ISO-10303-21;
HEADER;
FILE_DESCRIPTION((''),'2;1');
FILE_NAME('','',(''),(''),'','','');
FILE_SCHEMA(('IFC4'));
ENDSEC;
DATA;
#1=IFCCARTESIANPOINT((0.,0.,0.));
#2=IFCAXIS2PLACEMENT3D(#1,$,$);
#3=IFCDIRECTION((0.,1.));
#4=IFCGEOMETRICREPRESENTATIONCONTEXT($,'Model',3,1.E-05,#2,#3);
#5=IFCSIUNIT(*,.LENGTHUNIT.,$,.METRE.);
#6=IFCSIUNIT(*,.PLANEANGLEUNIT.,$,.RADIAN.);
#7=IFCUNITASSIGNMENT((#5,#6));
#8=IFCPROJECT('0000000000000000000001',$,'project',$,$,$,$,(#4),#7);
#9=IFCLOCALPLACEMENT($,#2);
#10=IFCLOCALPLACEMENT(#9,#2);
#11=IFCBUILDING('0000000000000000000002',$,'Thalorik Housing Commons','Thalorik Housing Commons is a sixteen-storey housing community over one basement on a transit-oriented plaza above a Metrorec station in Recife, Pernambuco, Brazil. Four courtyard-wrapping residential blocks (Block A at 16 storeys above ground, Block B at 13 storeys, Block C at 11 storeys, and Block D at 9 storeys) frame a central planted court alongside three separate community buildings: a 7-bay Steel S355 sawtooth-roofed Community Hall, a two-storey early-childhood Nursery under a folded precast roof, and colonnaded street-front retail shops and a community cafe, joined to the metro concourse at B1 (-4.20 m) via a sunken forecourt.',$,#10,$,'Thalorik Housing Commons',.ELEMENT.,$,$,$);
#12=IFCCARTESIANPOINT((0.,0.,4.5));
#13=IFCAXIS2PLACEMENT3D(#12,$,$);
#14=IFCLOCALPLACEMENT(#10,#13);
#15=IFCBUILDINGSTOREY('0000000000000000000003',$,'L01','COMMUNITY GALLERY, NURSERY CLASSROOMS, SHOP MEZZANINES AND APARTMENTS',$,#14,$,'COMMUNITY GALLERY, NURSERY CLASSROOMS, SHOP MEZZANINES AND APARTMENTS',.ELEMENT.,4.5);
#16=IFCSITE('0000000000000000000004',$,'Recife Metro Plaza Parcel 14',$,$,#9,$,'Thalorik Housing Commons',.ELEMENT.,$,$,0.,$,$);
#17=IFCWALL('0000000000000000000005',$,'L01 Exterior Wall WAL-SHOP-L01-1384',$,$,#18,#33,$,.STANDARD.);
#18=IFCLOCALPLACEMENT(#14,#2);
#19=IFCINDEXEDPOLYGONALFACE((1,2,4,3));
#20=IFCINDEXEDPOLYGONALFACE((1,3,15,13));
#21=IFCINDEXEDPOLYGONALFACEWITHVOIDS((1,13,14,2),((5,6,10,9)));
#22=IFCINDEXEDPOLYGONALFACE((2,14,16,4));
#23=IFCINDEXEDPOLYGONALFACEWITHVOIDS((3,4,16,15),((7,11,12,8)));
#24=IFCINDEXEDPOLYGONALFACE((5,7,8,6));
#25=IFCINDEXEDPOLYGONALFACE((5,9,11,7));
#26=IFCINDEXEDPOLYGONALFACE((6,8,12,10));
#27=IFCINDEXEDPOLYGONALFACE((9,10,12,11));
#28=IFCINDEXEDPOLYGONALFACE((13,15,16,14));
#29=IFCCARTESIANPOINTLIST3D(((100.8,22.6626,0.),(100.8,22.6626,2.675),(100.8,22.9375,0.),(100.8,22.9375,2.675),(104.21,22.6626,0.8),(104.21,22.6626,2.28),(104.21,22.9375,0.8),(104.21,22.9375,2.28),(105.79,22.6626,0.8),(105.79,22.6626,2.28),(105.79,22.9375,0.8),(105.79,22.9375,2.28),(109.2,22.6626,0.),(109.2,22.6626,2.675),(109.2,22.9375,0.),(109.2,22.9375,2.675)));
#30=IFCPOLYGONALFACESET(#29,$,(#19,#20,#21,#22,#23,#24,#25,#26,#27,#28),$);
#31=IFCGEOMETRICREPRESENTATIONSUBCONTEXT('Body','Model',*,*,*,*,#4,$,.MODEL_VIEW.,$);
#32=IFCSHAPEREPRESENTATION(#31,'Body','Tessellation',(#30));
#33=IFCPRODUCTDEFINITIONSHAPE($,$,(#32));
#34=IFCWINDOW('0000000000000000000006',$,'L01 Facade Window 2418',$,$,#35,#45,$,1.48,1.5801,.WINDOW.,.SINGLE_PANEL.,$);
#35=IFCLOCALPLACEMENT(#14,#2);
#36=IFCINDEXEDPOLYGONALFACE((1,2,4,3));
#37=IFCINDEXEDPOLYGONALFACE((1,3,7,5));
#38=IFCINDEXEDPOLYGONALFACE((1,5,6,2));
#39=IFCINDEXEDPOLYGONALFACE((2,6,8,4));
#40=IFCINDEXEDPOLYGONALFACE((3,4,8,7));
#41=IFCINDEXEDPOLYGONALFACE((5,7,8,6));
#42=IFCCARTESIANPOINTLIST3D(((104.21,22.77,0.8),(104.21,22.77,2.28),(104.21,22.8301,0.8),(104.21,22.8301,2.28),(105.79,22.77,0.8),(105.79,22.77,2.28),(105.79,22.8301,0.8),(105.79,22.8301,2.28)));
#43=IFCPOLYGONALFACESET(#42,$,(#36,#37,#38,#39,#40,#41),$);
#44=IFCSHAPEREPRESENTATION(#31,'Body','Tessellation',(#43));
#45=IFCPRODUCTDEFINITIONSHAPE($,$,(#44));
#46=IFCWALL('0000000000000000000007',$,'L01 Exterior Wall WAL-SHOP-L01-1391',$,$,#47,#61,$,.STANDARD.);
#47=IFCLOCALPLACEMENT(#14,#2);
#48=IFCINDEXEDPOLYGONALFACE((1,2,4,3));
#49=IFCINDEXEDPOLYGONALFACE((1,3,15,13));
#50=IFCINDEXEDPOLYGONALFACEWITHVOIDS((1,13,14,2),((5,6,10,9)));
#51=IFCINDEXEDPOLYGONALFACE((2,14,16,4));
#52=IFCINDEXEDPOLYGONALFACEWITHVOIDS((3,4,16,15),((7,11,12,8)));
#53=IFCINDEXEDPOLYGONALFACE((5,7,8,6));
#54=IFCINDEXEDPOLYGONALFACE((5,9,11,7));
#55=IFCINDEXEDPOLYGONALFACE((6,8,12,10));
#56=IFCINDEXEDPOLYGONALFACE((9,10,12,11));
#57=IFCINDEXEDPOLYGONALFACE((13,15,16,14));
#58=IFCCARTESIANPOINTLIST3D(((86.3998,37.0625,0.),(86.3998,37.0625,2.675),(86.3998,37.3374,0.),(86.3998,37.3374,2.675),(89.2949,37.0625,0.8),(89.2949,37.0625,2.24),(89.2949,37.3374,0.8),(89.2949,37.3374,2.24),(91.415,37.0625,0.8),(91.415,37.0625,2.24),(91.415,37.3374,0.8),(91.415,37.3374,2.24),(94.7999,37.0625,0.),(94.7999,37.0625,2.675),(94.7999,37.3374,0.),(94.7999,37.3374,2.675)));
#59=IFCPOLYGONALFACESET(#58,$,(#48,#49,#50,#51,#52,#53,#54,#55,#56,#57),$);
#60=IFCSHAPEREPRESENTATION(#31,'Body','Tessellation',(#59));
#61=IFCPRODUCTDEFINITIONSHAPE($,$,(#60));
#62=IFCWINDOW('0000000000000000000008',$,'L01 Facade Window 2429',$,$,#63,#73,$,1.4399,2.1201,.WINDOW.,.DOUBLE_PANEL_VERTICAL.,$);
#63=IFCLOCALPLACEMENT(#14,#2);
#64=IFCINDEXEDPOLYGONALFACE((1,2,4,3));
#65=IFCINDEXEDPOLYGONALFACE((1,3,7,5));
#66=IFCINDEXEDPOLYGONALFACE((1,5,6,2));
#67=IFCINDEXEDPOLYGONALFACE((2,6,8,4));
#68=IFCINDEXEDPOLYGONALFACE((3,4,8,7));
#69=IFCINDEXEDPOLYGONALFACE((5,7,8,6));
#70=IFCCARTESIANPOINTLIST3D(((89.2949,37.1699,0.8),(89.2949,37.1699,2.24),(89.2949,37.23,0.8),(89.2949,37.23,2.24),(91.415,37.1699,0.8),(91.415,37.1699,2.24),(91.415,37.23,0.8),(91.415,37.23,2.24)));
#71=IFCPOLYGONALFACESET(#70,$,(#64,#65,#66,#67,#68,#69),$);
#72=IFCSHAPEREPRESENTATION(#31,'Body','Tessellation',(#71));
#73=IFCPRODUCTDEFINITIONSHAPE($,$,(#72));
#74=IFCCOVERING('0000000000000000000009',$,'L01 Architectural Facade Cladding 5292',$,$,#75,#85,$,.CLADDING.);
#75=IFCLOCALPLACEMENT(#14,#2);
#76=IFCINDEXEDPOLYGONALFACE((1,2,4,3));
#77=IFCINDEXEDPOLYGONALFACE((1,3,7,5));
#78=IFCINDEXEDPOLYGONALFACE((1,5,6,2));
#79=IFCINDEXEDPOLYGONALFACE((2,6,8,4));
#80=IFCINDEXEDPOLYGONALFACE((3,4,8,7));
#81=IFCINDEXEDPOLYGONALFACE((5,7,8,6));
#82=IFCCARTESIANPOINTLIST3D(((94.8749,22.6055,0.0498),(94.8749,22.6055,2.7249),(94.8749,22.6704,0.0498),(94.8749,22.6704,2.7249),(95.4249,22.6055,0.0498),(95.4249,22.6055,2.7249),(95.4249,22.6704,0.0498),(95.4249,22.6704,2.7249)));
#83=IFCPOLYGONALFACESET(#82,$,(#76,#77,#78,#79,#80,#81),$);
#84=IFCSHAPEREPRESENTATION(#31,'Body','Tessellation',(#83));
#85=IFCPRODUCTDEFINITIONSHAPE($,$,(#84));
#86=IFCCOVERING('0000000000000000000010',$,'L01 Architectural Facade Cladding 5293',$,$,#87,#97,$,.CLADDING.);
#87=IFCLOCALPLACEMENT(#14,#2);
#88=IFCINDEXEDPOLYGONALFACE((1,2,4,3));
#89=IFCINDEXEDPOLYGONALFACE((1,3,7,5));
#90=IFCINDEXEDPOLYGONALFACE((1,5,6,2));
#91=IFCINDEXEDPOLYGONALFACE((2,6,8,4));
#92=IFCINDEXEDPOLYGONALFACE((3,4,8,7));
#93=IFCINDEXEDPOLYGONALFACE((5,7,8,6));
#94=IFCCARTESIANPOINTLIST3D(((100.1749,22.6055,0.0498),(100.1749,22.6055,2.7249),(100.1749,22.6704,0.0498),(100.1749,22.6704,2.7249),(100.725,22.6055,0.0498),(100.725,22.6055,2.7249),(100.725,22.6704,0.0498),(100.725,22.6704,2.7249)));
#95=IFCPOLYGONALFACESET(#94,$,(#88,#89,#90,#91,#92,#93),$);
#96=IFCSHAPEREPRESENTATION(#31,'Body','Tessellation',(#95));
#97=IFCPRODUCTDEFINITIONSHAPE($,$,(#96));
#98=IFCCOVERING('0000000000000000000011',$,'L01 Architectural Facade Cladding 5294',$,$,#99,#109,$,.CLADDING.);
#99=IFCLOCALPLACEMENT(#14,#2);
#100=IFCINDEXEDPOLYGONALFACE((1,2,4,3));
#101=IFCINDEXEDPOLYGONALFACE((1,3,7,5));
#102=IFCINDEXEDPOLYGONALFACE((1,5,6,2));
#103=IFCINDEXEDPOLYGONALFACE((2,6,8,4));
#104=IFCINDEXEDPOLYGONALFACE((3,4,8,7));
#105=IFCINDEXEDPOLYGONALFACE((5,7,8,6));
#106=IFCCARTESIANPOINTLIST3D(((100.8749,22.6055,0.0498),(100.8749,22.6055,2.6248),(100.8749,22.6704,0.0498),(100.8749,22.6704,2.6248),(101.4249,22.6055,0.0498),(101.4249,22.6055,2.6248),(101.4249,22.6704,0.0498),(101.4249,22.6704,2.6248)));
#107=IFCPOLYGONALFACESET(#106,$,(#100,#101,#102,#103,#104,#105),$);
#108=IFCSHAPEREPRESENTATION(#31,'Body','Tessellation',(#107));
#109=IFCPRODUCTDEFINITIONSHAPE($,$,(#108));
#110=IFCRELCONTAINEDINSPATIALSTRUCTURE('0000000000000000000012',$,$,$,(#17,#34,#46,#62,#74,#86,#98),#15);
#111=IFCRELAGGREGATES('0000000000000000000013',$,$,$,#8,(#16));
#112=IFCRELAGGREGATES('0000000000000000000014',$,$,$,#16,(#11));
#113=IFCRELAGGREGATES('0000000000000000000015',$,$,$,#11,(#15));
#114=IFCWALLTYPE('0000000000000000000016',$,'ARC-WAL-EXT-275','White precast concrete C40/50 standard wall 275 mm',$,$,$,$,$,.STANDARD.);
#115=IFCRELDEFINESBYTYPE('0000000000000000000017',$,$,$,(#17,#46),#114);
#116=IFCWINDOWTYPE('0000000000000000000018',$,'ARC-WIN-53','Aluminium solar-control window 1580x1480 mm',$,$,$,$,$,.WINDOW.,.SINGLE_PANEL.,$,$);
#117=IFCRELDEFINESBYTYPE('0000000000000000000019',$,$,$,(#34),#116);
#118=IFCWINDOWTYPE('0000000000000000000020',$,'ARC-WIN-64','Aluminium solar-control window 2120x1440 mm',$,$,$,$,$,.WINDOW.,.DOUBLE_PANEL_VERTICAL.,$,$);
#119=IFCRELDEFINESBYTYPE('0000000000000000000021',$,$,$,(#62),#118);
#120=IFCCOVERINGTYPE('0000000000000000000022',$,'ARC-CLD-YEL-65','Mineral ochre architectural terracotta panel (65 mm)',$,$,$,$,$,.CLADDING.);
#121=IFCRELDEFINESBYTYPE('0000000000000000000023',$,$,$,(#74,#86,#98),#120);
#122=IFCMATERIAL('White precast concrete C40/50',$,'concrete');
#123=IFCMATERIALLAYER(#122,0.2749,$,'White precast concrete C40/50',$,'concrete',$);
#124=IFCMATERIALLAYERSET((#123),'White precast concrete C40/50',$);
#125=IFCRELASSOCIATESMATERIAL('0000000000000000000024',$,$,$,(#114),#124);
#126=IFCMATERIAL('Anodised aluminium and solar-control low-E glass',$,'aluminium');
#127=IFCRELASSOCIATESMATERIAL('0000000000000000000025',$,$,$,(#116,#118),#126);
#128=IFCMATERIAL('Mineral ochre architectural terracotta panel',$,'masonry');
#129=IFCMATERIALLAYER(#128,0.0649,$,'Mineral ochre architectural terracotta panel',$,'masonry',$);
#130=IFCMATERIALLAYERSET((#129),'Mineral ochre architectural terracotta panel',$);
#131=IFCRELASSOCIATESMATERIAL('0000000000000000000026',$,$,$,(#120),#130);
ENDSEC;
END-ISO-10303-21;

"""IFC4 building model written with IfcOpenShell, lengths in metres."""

from ifc_helpers import new_model, si_unit, direction, frame, frame_2d, origin, origin_2d, place, context, subcontext, project, spatial, rectangle, extrude, material, layer, layer_set, type_object, element, fill, save


model = new_model("IFC4")

# Units and contexts
model_context = context("Model", 3, precision=1e-05, world=origin(), true_north=direction((0.0, 1.0)))
body_context = subcontext(model_context, "Body", "Model", "MODEL_VIEW")
ifc_project = project(units=[si_unit("LENGTHUNIT", "METRE"), si_unit("PLANEANGLEUNIT", "RADIAN")], contexts=[model_context])

# Site, building, storey
site_placement = place(None, origin())
site = spatial("IfcSite", under=ifc_project, at=site_placement, Name="Recife Metro Plaza Parcel 14", LongName="Thalorik Housing Commons", CompositionType="ELEMENT", RefElevation=0.0)
building_placement = place(site_placement, origin())
building = spatial("IfcBuilding", under=site, at=building_placement, Name="Thalorik Housing Commons", Description="Thalorik Housing Commons is a sixteen-storey housing community over one basement on a transit-oriented plaza above a Metrorec station in Recife, Pernambuco, Brazil. Four courtyard-wrapping residential blocks (Block A at 16 storeys above ground, Block B at 13 storeys, Block C at 11 storeys, and Block D at 9 storeys) frame a central planted court alongside three separate community buildings: a 7-bay Steel S355 sawtooth-roofed Community Hall, a two-storey early-childhood Nursery under a folded precast roof, and colonnaded street-front retail shops and a community cafe, joined to the metro concourse at B1 (-4.20 m) via a sunken forecourt.", LongName="Thalorik Housing Commons", CompositionType="ELEMENT")
storey_placement = place(building_placement, frame((0.0, 0.0, 4.5)))
storey = spatial("IfcBuildingStorey", under=building, at=storey_placement, Name="L01", Description="COMMUNITY GALLERY, NURSERY CLASSROOMS, SHOP MEZZANINES AND APARTMENTS", LongName="COMMUNITY GALLERY, NURSERY CLASSROOMS, SHOP MEZZANINES AND APARTMENTS", CompositionType="ELEMENT", Elevation=4.5)

# Shared definitions
ifc_material_1 = material(Name="White precast concrete C40/50", Category="concrete")
ifc_layer_1 = layer(ifc_material_1, 0.2749, Name="White precast concrete C40/50", Category="concrete")
ifc_layer_set_1 = layer_set([ifc_layer_1], Name="White precast concrete C40/50")
wall_type = type_object("IfcWallType", Name="ARC-WAL-EXT-275", Description="White precast concrete C40/50 standard wall 275 mm", PredefinedType="STANDARD", material=ifc_layer_set_1)

# Walls, openings, windows
wall_1_placement = place(storey_placement, frame((100.8, 22.8, 0.0), z_axis=(0.0, 0.0, 1.0), x_axis=(1.0, 0.0, 0.0)))
wall_1 = element("IfcWall", 1, at=wall_1_placement, inside=storey, type_object=wall_type, Name="L01 Exterior Wall WAL-SHOP-L01-1384", PredefinedType="STANDARD", context=body_context, shape_type="SweptSolid", body=[
    extrude(rectangle(XDim=8.3999, YDim=0.2749, at=frame_2d((4.2, 0.0))), origin(), (0.0, 0.0, 1.0), 2.675),
])
opening_1_placement = place(wall_1_placement, frame((3.4099, 0.0, 0.8)))
opening_1 = element("IfcOpeningElement", 2, at=opening_1_placement, cuts=wall_1, PredefinedType="OPENING", context=body_context, shape_type="SweptSolid", body=[
    extrude(rectangle(XDim=1.5801, YDim=1.48, at=frame_2d((0.79, 0.74))), frame((0.0, 0.1475, 0.0), z_axis=(0.0, -1.0, 0.0), x_axis=(1.0, 0.0, 0.0)), (0.0, 0.0, 1.0), 0.2949),
])
ifc_material_2 = material(Name="Anodised aluminium and solar-control low-E glass", Category="aluminium")
window_type_1 = type_object("IfcWindowType", Name="ARC-WIN-53", Description="Aluminium solar-control window 1580x1480 mm", PartitioningType="SINGLE_PANEL", PredefinedType="WINDOW", material=ifc_material_2)
window_1_placement = place(opening_1_placement, origin())
window_1 = element("IfcWindow", 3, at=window_1_placement, inside=storey, type_object=window_type_1, Name="L01 Facade Window 2418", OverallHeight=1.48, OverallWidth=1.5801, PartitioningType="SINGLE_PANEL", PredefinedType="WINDOW", context=body_context, shape_type="SweptSolid", body=[
    extrude(rectangle(XDim=1.5801, YDim=1.48, at=frame_2d((0.79, 0.74))), frame((0.0, 0.03, 0.0), z_axis=(0.0, -1.0, 0.0), x_axis=(1.0, 0.0, 0.0)), (0.0, 0.0, 1.0), 0.0601),
])
fill(opening_1, window_1)
wall_2_placement = place(storey_placement, frame((94.8, 37.2, 0.0), z_axis=(0.0, 0.0, 1.0), x_axis=(-1.0, 0.0, 0.0)))
wall_2 = element("IfcWall", 4, at=wall_2_placement, inside=storey, type_object=wall_type, Name="L01 Exterior Wall WAL-SHOP-L01-1391", PredefinedType="STANDARD", context=body_context, shape_type="SweptSolid", body=[
    extrude(rectangle(XDim=8.4001, YDim=0.2749, at=frame_2d((4.2002, 0.0))), origin(), (0.0, 0.0, 1.0), 2.675),
])
opening_2_placement = place(wall_2_placement, frame((3.385, 0.0, 0.8)))
opening_2 = element("IfcOpeningElement", 5, at=opening_2_placement, cuts=wall_2, PredefinedType="OPENING", context=body_context, shape_type="SweptSolid", body=[
    extrude(rectangle(XDim=2.1201, YDim=1.4399, at=frame_2d((1.0601, 0.72))), frame((0.0, 0.1475, 0.0), z_axis=(0.0, -1.0, 0.0), x_axis=(1.0, 0.0, 0.0)), (0.0, 0.0, 1.0), 0.2949),
])
window_type_2 = type_object("IfcWindowType", Name="ARC-WIN-64", Description="Aluminium solar-control window 2120x1440 mm", PartitioningType="DOUBLE_PANEL_VERTICAL", PredefinedType="WINDOW", material=ifc_material_2)
window_2_placement = place(opening_2_placement, origin())
window_2 = element("IfcWindow", 6, at=window_2_placement, inside=storey, type_object=window_type_2, Name="L01 Facade Window 2429", OverallHeight=1.4399, OverallWidth=2.1201, PartitioningType="DOUBLE_PANEL_VERTICAL", PredefinedType="WINDOW", context=body_context, shape_type="SweptSolid", body=[
    extrude(rectangle(XDim=2.1201, YDim=1.4399, at=frame_2d((1.0601, 0.72))), frame((0.0, 0.03, 0.0), z_axis=(0.0, -1.0, 0.0), x_axis=(1.0, 0.0, 0.0)), (0.0, 0.0, 1.0), 0.0601),
])
fill(opening_2, window_2)

# Coverings
ifc_material_3 = material(Name="Mineral ochre architectural terracotta panel", Category="masonry")
ifc_layer_2 = layer(ifc_material_3, 0.0649, Name="Mineral ochre architectural terracotta panel", Category="masonry")
ifc_layer_set_2 = layer_set([ifc_layer_2], Name="Mineral ochre architectural terracotta panel")
covering_type = type_object("IfcCoveringType", Name="ARC-CLD-YEL-65", Description="Mineral ochre architectural terracotta panel (65 mm)", PredefinedType="CLADDING", material=ifc_layer_set_2)
for number, where, z_axis, x_axis, name in (
    (7, (95.1499, 22.6379, 0.0498), (0.0, 0.0, 1.0), (1.0, 0.0, 0.0), "L01 Architectural Facade Cladding 5292"),
    (8, (100.45, 22.6379, 0.0498), (0.0, 0.0, 1.0), (1.0, 0.0, 0.0), "L01 Architectural Facade Cladding 5293"),
):
    element("IfcCovering", number, at=place(storey_placement, frame(where, z_axis=z_axis, x_axis=x_axis)), inside=storey, type_object=covering_type, Name=name, PredefinedType="CLADDING", context=body_context, shape_type="SweptSolid", body=[
        extrude(rectangle(XDim=0.55, YDim=0.0649, at=origin_2d()), origin(), (0.0, 0.0, 1.0), 2.675),
    ])
covering_placement = place(storey_placement, frame((101.1499, 22.6379, 0.0498), z_axis=(0.0, 0.0, 1.0), x_axis=(1.0, 0.0, 0.0)))
element("IfcCovering", 9, at=covering_placement, inside=storey, type_object=covering_type, Name="L01 Architectural Facade Cladding 5294", PredefinedType="CLADDING", context=body_context, shape_type="SweptSolid", body=[
    extrude(rectangle(XDim=0.55, YDim=0.0649, at=origin_2d()), origin(), (0.0, 0.0, 1.0), 2.575),
])

save(model, "model.ifc")
